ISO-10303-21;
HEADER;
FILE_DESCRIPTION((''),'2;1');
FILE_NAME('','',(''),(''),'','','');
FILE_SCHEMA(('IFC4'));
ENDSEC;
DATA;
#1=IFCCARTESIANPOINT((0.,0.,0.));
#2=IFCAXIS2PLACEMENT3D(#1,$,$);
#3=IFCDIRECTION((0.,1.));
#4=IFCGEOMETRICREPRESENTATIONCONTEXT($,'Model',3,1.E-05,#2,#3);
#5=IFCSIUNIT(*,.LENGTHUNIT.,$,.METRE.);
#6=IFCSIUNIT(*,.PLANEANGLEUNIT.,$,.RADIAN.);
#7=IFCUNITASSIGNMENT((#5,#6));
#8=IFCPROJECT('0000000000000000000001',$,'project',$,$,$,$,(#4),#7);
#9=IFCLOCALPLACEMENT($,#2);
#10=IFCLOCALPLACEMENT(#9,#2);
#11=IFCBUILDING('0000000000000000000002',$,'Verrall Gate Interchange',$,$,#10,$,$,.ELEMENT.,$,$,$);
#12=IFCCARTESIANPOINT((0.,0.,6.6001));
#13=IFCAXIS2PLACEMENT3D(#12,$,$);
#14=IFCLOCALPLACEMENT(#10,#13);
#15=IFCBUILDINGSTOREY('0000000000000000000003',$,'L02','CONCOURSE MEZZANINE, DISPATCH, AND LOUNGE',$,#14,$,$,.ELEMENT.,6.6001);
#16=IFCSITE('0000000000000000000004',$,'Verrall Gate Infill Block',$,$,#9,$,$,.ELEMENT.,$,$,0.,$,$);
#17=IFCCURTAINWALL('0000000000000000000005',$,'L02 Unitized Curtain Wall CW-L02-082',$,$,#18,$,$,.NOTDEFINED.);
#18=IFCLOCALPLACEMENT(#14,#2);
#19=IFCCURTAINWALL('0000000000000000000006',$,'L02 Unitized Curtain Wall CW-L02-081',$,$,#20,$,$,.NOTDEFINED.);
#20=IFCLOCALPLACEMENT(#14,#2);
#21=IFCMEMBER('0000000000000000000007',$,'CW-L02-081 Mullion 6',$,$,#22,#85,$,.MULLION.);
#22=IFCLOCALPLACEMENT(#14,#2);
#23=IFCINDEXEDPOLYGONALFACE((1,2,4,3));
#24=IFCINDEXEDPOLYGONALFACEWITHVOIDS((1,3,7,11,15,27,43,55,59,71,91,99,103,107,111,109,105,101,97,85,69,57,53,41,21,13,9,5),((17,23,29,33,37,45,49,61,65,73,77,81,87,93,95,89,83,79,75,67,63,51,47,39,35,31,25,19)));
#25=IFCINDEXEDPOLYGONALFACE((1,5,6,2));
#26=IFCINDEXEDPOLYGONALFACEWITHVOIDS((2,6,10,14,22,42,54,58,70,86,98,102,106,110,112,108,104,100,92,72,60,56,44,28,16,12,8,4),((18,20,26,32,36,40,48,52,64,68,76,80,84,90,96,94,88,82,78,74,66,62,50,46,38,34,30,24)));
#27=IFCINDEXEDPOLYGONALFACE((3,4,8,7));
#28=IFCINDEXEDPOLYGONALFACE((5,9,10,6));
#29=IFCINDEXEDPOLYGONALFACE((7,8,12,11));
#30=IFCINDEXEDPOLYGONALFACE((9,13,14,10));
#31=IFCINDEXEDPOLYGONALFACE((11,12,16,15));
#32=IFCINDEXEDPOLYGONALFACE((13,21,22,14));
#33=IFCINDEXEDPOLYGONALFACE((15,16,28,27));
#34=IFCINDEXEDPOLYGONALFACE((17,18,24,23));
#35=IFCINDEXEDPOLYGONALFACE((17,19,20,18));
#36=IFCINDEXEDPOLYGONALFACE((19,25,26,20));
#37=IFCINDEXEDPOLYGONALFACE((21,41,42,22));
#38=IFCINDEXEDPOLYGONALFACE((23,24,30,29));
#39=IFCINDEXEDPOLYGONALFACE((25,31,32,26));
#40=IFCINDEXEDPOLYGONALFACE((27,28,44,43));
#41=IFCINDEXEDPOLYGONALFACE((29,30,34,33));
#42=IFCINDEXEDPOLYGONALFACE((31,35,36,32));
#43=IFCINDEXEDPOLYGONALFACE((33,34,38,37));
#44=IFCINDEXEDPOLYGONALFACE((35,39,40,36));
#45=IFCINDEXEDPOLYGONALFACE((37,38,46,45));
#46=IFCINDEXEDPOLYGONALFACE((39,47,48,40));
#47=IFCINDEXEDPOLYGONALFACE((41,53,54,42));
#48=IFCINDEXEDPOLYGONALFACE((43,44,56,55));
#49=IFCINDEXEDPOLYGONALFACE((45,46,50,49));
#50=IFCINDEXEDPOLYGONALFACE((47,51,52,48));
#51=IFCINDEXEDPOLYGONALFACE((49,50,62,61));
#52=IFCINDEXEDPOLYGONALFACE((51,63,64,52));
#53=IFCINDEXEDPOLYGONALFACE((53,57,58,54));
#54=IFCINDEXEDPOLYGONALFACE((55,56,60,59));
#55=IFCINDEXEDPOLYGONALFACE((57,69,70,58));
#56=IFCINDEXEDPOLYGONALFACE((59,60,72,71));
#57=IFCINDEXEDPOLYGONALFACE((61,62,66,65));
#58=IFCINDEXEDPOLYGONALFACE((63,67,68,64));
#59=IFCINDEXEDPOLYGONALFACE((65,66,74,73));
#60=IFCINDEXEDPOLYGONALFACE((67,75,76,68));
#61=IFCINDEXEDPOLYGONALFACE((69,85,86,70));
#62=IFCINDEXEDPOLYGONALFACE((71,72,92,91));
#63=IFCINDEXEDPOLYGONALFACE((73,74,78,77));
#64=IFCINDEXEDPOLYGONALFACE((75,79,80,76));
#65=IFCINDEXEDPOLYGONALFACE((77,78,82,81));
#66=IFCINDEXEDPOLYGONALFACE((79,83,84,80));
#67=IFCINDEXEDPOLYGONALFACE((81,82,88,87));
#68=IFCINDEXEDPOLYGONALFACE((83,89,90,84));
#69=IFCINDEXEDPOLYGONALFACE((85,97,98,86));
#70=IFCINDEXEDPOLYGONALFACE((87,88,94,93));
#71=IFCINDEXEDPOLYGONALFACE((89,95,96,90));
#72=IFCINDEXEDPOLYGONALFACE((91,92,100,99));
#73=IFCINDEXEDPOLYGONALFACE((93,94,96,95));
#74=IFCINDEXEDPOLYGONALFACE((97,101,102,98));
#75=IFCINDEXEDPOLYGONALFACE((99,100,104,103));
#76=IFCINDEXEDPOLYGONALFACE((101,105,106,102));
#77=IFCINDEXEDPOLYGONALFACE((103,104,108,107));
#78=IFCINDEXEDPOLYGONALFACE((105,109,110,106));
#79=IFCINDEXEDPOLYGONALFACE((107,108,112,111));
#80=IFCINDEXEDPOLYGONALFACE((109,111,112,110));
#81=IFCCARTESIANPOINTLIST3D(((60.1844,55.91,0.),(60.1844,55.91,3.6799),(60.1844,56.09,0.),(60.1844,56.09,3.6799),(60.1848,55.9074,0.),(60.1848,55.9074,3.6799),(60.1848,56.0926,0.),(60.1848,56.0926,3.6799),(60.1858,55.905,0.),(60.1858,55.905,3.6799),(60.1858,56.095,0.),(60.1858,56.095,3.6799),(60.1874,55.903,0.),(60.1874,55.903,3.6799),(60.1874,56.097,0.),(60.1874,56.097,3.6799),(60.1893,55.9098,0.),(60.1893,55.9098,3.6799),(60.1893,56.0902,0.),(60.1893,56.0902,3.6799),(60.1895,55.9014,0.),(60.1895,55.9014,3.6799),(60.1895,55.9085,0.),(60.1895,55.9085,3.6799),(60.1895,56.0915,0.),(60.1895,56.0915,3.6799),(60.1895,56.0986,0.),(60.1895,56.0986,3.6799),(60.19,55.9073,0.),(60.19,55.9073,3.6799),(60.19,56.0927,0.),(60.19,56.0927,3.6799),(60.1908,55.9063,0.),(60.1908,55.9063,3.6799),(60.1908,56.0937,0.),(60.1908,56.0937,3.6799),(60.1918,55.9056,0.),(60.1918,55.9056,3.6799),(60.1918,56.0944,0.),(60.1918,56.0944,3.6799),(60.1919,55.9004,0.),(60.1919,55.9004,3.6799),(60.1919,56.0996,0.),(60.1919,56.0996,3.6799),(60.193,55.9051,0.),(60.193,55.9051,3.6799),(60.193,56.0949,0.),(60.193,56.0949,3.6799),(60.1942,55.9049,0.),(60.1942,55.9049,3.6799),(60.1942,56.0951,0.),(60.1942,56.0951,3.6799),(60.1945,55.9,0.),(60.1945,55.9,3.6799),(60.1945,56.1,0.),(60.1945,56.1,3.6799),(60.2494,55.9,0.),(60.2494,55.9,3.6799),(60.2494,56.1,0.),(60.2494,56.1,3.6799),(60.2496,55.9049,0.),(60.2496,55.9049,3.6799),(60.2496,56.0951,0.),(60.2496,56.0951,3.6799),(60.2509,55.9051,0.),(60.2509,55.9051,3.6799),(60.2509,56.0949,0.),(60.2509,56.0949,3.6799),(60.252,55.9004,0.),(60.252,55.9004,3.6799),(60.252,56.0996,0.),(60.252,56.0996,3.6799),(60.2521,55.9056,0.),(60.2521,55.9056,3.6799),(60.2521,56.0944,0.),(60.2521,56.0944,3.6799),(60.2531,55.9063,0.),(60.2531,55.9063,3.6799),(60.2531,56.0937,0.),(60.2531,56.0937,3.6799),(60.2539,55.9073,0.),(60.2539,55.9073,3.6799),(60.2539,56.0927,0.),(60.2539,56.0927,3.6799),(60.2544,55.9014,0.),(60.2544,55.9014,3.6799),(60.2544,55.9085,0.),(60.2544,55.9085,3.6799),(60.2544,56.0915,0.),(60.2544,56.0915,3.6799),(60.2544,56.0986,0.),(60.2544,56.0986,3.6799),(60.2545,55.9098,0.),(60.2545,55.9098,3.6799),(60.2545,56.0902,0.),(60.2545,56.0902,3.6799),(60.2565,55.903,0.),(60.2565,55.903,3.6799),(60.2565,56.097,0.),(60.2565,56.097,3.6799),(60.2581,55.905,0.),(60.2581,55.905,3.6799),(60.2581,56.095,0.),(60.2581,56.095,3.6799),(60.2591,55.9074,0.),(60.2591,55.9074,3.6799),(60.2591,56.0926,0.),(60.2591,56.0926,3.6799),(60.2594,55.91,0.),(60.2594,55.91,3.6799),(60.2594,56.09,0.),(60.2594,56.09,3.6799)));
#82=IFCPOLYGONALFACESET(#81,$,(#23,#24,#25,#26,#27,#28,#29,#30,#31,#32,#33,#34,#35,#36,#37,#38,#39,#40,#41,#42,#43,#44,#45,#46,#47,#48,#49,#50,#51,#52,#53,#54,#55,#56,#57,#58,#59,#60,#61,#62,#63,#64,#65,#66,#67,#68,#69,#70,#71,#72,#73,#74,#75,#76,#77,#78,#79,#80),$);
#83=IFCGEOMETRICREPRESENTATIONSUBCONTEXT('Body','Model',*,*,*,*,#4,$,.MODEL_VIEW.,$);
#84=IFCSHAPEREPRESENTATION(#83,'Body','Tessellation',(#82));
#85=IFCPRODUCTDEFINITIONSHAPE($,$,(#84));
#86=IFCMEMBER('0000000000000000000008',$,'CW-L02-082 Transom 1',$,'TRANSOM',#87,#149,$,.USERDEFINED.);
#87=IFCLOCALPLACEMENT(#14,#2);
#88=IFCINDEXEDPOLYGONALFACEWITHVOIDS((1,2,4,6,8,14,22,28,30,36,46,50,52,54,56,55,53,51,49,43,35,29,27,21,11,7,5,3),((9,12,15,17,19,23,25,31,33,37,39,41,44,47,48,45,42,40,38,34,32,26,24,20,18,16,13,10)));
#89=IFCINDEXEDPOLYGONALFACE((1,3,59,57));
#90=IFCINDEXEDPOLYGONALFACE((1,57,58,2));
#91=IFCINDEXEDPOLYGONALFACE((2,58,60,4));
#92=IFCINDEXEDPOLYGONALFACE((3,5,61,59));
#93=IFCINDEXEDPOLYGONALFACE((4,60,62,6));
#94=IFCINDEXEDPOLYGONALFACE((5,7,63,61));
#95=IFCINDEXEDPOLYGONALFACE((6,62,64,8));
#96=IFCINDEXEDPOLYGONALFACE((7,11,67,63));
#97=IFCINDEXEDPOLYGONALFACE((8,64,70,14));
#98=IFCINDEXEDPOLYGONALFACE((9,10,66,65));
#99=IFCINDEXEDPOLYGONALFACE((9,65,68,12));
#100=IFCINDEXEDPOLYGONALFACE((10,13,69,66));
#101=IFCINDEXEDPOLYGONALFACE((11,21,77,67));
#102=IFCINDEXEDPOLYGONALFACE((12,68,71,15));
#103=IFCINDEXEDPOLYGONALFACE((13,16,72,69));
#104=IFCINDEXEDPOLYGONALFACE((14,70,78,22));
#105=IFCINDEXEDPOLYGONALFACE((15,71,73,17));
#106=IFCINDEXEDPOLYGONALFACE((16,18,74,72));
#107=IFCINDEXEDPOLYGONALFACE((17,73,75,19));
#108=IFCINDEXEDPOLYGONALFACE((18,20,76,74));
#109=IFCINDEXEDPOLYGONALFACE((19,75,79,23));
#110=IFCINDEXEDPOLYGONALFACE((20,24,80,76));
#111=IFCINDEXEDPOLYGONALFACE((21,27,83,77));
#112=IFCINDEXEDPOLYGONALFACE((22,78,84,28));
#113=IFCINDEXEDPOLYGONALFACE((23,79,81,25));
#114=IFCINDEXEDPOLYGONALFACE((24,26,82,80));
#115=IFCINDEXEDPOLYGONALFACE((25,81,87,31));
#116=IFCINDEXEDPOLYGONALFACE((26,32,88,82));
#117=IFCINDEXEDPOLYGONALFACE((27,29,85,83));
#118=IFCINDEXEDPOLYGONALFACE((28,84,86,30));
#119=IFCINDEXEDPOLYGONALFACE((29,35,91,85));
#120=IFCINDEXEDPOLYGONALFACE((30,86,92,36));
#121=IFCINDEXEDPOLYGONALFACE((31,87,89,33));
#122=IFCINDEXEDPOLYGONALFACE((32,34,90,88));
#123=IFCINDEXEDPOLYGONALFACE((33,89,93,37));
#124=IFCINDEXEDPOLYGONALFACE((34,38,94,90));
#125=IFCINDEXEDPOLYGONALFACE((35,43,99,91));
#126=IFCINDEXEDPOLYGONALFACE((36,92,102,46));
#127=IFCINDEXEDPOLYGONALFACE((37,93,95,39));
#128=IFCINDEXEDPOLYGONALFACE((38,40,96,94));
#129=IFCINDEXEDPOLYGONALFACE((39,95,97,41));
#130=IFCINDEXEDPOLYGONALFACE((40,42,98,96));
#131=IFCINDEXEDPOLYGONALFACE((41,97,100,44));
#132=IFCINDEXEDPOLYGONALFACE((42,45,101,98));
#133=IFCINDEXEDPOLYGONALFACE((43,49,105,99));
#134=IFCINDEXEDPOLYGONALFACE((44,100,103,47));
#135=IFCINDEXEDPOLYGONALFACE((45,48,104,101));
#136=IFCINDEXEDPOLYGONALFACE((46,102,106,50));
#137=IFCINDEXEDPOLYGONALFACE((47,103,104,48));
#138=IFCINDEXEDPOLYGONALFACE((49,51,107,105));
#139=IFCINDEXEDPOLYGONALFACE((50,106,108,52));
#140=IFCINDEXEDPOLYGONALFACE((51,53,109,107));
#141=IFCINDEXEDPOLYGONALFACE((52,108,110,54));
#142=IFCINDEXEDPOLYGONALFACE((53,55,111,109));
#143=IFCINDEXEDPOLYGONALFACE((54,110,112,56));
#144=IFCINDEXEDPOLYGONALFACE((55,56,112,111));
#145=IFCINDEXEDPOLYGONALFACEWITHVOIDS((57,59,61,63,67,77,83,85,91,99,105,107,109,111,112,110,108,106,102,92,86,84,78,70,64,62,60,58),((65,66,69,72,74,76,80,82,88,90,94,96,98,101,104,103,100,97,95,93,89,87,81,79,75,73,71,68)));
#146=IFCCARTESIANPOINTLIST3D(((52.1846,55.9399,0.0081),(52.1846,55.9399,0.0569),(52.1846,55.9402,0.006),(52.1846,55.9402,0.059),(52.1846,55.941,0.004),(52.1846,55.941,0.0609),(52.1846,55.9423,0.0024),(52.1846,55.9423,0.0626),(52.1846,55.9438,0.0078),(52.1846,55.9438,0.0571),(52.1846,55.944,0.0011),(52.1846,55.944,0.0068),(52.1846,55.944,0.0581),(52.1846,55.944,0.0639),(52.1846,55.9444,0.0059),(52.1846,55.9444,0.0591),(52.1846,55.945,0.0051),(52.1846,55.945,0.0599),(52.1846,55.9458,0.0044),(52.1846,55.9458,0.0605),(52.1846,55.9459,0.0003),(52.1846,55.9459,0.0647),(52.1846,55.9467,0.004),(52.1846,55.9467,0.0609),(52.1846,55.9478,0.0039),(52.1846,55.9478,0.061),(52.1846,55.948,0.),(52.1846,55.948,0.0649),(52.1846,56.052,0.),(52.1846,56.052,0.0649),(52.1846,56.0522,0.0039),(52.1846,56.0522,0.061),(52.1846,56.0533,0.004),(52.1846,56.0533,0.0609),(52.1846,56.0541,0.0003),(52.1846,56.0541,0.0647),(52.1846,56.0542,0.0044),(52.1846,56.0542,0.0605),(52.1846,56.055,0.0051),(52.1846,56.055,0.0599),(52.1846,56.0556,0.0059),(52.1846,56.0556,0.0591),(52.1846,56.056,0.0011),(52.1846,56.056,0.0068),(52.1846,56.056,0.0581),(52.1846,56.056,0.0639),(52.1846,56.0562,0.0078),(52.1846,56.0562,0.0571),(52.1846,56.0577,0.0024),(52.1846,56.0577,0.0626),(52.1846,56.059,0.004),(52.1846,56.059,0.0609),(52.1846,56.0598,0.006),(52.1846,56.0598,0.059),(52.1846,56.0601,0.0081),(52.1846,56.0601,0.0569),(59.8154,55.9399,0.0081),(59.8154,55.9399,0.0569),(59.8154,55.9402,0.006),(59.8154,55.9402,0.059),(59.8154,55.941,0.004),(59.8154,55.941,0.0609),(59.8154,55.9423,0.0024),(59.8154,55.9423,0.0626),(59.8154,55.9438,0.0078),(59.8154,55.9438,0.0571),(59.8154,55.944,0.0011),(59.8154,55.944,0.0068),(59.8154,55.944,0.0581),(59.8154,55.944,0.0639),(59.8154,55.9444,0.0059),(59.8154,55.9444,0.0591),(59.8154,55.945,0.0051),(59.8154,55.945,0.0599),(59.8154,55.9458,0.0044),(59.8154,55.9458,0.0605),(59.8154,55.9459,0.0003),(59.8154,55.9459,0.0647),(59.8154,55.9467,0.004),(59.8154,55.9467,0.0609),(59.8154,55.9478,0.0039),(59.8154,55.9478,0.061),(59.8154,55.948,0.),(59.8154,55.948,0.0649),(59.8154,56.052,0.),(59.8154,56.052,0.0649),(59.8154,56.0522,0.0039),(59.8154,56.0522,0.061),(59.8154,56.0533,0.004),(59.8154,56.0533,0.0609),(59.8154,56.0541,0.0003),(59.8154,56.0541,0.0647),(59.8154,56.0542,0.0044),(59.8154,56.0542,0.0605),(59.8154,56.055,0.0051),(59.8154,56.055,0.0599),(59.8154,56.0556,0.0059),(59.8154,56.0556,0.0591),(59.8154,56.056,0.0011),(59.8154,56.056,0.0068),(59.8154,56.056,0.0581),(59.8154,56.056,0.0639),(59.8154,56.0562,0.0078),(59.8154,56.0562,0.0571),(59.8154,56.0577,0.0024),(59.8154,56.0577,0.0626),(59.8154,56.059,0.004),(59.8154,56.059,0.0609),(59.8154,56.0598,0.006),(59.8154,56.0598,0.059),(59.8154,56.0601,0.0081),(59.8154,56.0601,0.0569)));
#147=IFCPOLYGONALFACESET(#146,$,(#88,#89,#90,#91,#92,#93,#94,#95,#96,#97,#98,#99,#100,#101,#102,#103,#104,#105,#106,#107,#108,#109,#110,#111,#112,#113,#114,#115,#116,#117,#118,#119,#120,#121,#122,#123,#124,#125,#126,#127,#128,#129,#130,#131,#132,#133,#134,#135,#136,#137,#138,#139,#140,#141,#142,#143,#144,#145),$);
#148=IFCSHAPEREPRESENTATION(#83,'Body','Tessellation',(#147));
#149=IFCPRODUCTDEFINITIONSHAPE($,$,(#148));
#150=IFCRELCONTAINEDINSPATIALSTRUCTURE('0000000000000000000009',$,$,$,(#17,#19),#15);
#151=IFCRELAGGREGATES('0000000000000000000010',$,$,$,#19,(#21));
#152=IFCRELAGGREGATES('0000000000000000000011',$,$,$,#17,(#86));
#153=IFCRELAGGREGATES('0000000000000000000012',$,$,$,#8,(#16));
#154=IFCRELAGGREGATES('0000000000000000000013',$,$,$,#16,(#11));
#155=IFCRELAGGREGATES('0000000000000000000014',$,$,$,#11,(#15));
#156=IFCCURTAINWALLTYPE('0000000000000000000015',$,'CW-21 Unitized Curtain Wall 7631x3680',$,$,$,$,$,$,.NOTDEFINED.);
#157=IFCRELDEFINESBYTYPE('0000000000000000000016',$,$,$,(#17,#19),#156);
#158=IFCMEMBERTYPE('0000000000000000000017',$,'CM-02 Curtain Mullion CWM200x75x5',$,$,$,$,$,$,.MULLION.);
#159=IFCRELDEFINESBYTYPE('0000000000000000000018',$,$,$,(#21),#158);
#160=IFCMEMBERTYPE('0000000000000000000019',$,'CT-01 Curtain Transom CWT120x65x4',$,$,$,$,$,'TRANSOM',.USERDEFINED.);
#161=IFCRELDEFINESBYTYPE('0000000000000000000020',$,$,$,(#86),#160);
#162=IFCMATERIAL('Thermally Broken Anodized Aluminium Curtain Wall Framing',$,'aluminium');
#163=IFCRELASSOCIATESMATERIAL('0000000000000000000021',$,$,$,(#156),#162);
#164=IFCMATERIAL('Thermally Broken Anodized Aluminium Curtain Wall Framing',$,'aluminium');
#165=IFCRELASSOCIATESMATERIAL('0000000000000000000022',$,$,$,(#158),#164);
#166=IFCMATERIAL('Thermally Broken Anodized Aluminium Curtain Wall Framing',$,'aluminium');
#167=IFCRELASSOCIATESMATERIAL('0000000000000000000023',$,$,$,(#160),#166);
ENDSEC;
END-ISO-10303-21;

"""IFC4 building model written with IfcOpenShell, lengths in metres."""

from ifc_helpers import new_model, si_unit, direction, frame, origin, origin_2d, place, context, subcontext, project, spatial, hollow_rectangle, extrude, material, material_profile, profile_set, type_object, element, aggregate, save


model = new_model("IFC4")

# Units and contexts
model_context = context("Model", 3, precision=1e-05, world=origin(), true_north=direction((0.0, 1.0)))
body_context = subcontext(model_context, "Body", "Model", "MODEL_VIEW")
ifc_project = project(units=[si_unit("LENGTHUNIT", "METRE"), si_unit("PLANEANGLEUNIT", "RADIAN")], contexts=[model_context])

# Site, building, storey
site_placement = place(None, origin())
site = spatial("IfcSite", under=ifc_project, at=site_placement, Name="Verrall Gate Infill Block", CompositionType="ELEMENT", RefElevation=0.0)
building_placement = place(site_placement, origin())
building = spatial("IfcBuilding", under=site, at=building_placement, Name="Verrall Gate Interchange", CompositionType="ELEMENT")
storey_placement = place(building_placement, frame((0.0, 0.0, 6.6001)))
storey = spatial("IfcBuildingStorey", under=building, at=storey_placement, Name="L02", Description="CONCOURSE MEZZANINE, DISPATCH, AND LOUNGE", CompositionType="ELEMENT", Elevation=6.6001)

# Curtain walls, member
ifc_material_1 = material(Name="Thermally Broken Anodized Aluminium Curtain Wall Framing", Category="aluminium")
curtain_wall_type = type_object("IfcCurtainWallType", Name="CW-21 Unitized Curtain Wall 7631x3680", PredefinedType="NOTDEFINED", material=ifc_material_1)
curtain_wall_1_placement = place(storey_placement, origin())
curtain_wall_1 = element("IfcCurtainWall", 1, at=curtain_wall_1_placement, inside=storey, type_object=curtain_wall_type, Name="L02 Unitized Curtain Wall CW-L02-082", PredefinedType="NOTDEFINED")
curtain_wall_2_placement = place(storey_placement, origin())
curtain_wall_2 = element("IfcCurtainWall", 2, at=curtain_wall_2_placement, inside=storey, type_object=curtain_wall_type, Name="L02 Unitized Curtain Wall CW-L02-081", PredefinedType="NOTDEFINED")
ifc_material_2 = material(Name="Thermally Broken Anodized Aluminium Curtain Wall Framing", Category="aluminium")
ifc_material_profile_1 = material_profile(ifc_material_2, hollow_rectangle(XDim=0.075, YDim=0.2, WallThickness=0.0049, InnerFilletRadius=0.0049, OuterFilletRadius=0.01, at=origin_2d()), Name="CWM200x75x5")
ifc_profile_set_1 = profile_set([ifc_material_profile_1], Name="Thermally Broken Anodized Aluminium Curtain Wall Framing")
member_type_1 = type_object("IfcMemberType", Name="CM-02 Curtain Mullion CWM200x75x5", PredefinedType="MULLION", material=ifc_profile_set_1)
member_1_placement = place(storey_placement, frame((60.2219, 56.0, 0.0), z_axis=(0.0, 0.0, 1.0), x_axis=(-1.0, 0.0, 0.0)))
member_1 = element("IfcMember", 3, at=member_1_placement, type_object=member_type_1, Name="CW-L02-081 Mullion 6", PredefinedType="MULLION", context=body_context, shape_type="SweptSolid", body=[
    extrude(hollow_rectangle(XDim=0.075, YDim=0.2, WallThickness=0.0049, InnerFilletRadius=0.0049, OuterFilletRadius=0.01, at=origin_2d()), origin(), (0.0, 0.0, 1.0), 3.6799),
])

# Member
ifc_material_3 = material(Name="Thermally Broken Anodized Aluminium Curtain Wall Framing", Category="aluminium")
ifc_material_profile_2 = material_profile(ifc_material_3, hollow_rectangle(XDim=0.1201, YDim=0.0649, WallThickness=0.0039, InnerFilletRadius=0.0039, OuterFilletRadius=0.0081, at=origin_2d()), Name="CWT120x65x4")
ifc_profile_set_2 = profile_set([ifc_material_profile_2], Name="Thermally Broken Anodized Aluminium Curtain Wall Framing")
member_type_2 = type_object("IfcMemberType", Name="CT-01 Curtain Transom CWT120x65x4", ElementType="TRANSOM", PredefinedType="USERDEFINED", material=ifc_profile_set_2)
member_2_placement = place(storey_placement, frame((59.8154, 56.0, 0.0325), z_axis=(-1.0, 0.0, 0.0), x_axis=(0.0, -1.0, 0.0)))
member_2 = element("IfcMember", 4, at=member_2_placement, type_object=member_type_2, Name="CW-L02-082 Transom 1", ObjectType="TRANSOM", PredefinedType="USERDEFINED", context=body_context, shape_type="SweptSolid", body=[
    extrude(hollow_rectangle(XDim=0.1201, YDim=0.0649, WallThickness=0.0039, InnerFilletRadius=0.0039, OuterFilletRadius=0.0081, at=origin_2d()), origin(), (0.0, 0.0, 1.0), 7.6309),
])

aggregate(curtain_wall_2, [member_1])
aggregate(curtain_wall_1, [member_2])

save(model, "model.ifc")
